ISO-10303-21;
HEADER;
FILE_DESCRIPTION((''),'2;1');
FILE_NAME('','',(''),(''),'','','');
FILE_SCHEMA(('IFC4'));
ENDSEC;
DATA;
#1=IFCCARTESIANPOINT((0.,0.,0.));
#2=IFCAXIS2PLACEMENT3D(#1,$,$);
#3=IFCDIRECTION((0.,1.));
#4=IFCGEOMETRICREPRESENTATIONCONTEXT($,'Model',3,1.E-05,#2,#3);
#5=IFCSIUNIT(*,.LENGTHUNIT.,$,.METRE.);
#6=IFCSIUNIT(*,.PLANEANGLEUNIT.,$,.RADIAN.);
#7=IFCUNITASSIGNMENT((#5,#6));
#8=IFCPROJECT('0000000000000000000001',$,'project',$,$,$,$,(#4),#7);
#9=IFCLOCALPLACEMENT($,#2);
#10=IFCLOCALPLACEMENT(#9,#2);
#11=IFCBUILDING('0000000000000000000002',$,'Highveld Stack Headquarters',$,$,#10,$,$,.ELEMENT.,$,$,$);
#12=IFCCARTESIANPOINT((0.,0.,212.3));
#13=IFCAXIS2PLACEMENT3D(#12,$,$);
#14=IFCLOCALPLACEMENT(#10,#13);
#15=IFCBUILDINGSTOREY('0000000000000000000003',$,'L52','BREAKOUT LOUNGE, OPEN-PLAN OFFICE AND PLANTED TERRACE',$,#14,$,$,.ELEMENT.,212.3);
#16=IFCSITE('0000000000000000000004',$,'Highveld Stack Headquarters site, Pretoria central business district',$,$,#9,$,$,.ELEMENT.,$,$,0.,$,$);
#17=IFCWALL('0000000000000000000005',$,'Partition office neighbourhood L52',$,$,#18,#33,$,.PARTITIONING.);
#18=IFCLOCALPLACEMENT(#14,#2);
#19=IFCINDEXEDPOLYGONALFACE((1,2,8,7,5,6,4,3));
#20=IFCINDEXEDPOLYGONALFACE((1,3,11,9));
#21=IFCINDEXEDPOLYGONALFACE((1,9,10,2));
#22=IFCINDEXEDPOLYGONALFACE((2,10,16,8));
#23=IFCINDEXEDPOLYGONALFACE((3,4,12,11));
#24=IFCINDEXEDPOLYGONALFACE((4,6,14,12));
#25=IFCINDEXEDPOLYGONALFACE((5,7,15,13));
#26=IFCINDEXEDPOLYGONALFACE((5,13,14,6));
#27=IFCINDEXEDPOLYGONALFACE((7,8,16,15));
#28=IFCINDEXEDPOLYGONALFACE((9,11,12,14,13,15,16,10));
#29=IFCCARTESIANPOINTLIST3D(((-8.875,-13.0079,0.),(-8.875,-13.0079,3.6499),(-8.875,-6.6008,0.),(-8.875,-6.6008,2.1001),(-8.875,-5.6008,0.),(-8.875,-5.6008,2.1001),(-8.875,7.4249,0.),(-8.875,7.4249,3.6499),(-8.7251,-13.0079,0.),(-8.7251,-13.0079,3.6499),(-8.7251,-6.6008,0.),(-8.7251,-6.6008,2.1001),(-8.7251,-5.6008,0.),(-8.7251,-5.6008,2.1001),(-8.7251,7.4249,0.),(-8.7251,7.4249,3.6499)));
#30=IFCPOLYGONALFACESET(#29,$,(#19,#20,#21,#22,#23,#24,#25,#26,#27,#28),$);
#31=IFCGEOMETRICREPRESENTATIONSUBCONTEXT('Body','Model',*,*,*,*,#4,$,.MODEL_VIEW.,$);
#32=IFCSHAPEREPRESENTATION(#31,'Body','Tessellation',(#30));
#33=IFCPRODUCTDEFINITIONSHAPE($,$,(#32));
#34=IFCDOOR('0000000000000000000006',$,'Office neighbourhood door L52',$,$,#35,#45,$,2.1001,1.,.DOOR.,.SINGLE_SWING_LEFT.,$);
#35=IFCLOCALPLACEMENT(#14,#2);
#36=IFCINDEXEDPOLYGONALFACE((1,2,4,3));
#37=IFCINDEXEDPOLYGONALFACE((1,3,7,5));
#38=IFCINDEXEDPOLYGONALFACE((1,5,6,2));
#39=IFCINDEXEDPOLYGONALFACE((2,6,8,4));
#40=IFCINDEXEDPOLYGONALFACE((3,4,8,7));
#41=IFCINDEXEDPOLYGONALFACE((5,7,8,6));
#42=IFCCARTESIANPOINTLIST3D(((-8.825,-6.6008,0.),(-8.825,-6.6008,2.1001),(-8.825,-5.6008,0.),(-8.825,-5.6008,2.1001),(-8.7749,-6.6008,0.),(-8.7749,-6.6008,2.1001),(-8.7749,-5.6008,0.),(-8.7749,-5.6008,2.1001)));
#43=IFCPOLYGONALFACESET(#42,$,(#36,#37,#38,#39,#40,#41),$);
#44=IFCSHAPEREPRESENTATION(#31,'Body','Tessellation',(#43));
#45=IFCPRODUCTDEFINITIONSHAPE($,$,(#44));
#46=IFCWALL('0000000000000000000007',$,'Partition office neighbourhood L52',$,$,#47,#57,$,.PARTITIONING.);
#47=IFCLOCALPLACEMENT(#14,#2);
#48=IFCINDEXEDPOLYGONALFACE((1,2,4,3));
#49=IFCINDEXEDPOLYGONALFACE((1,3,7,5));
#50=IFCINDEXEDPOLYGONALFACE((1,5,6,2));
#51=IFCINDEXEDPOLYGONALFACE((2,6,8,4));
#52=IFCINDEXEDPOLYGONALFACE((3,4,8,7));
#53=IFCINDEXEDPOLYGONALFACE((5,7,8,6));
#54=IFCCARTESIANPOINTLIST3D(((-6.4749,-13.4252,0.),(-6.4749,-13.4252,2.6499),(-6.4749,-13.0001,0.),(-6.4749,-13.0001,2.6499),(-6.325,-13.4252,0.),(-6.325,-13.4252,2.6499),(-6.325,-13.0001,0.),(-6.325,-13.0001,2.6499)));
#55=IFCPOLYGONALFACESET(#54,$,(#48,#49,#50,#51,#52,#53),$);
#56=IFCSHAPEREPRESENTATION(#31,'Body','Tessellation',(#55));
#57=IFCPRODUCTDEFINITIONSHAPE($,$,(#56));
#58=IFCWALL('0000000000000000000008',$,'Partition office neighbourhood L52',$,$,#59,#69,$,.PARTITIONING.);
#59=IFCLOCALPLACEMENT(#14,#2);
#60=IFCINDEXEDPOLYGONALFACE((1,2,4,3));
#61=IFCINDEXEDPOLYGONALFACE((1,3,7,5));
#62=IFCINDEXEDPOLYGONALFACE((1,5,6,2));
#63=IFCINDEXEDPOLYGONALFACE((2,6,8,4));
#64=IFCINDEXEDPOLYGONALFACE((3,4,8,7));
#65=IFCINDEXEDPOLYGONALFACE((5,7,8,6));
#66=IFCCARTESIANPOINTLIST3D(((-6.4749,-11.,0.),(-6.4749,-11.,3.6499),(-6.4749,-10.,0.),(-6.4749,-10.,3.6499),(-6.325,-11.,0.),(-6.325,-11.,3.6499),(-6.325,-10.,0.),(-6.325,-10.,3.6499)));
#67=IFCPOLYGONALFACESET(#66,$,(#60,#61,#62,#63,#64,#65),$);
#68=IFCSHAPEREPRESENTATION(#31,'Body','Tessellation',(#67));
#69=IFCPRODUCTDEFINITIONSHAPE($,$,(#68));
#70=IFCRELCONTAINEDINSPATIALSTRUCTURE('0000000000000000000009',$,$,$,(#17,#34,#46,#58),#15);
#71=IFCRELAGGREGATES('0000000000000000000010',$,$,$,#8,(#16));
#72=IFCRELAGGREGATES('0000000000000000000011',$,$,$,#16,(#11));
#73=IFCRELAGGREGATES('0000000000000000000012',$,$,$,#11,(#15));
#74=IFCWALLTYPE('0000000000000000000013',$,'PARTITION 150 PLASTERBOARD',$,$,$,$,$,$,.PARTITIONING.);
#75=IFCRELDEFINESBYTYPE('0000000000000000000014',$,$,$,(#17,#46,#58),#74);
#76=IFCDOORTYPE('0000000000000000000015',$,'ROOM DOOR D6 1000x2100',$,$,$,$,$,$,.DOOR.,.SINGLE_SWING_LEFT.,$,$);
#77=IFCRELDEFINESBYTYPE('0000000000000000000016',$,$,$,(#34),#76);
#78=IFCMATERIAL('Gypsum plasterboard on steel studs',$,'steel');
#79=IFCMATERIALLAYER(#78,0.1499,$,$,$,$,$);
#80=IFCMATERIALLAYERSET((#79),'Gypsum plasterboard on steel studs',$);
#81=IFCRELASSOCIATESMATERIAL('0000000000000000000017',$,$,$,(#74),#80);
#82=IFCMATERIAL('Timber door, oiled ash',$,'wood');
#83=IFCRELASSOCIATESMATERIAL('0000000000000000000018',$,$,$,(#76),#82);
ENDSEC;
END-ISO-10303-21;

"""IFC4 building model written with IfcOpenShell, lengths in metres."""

from ifc_helpers import new_model, si_unit, direction, frame, frame_2d, origin, place, context, subcontext, project, spatial, rectangle, extrude, material, layer, layer_set, type_object, element, fill, save


model = new_model("IFC4")

# Units and contexts
model_context = context("Model", 3, precision=1e-05, world=origin(), true_north=direction((0.0, 1.0)))
body_context = subcontext(model_context, "Body", "Model", "MODEL_VIEW")
ifc_project = project(units=[si_unit("LENGTHUNIT", "METRE"), si_unit("PLANEANGLEUNIT", "RADIAN")], contexts=[model_context])

# Site, building, storey
site_placement = place(None, origin())
site = spatial("IfcSite", under=ifc_project, at=site_placement, Name="Highveld Stack Headquarters site, Pretoria central business district", CompositionType="ELEMENT", RefElevation=0.0)
building_placement = place(site_placement, origin())
building = spatial("IfcBuilding", under=site, at=building_placement, Name="Highveld Stack Headquarters", CompositionType="ELEMENT")
storey_placement = place(building_placement, frame((0.0, 0.0, 212.3)))
storey = spatial("IfcBuildingStorey", under=building, at=storey_placement, Name="L52", Description="BREAKOUT LOUNGE, OPEN-PLAN OFFICE AND PLANTED TERRACE", CompositionType="ELEMENT", Elevation=212.3)

# Shared definitions
ifc_material_1 = material(Name="Gypsum plasterboard on steel studs", Category="steel")
ifc_layer = layer(ifc_material_1, 0.1499)
ifc_layer_set = layer_set([ifc_layer], Name="Gypsum plasterboard on steel studs")
wall_type = type_object("IfcWallType", Name="PARTITION 150 PLASTERBOARD", PredefinedType="PARTITIONING", material=ifc_layer_set)
ifc_material_2 = material(Name="Timber door, oiled ash", Category="wood")
door_type = type_object("IfcDoorType", Name="ROOM DOOR D6 1000x2100", OperationType="SINGLE_SWING_LEFT", PredefinedType="DOOR", material=ifc_material_2)

# Wall, opening, door
wall_1_placement = place(storey_placement, frame((-8.8, -13.0078, 0.0), z_axis=(0.0, 0.0, 1.0), x_axis=(0.0, 1.0, 0.0)))
wall_1 = element("IfcWall", 1, at=wall_1_placement, inside=storey, type_object=wall_type, Name="Partition office neighbourhood L52", PredefinedType="PARTITIONING", context=body_context, shape_type="SweptSolid", body=[
    extrude(rectangle(XDim=20.4329, YDim=0.1499, at=frame_2d((10.2163, 0.0))), origin(), (0.0, 0.0, 1.0), 3.6499),
])
opening_1_placement = place(wall_1_placement, frame((6.407, 0.0, 0.0)))
opening_1 = element("IfcOpeningElement", 2, at=opening_1_placement, cuts=wall_1, PredefinedType="OPENING", context=body_context, shape_type="SweptSolid", body=[
    extrude(rectangle(XDim=1.0, YDim=2.1001, at=frame_2d((0.5, 1.05))), frame((0.0, 0.085, 0.0), z_axis=(0.0, -1.0, 0.0), x_axis=(1.0, 0.0, 0.0)), (0.0, 0.0, 1.0), 0.1699),
])
door_1_placement = place(opening_1_placement, origin())
door_1 = element("IfcDoor", 3, at=door_1_placement, inside=storey, type_object=door_type, Name="Office neighbourhood door L52", OperationType="SINGLE_SWING_LEFT", OverallHeight=2.1001, OverallWidth=1.0, PredefinedType="DOOR", context=body_context, shape_type="SweptSolid", body=[
    extrude(rectangle(XDim=1.0, YDim=2.1001, at=frame_2d((0.5, 1.05))), frame((0.0, 0.0249, 0.0), z_axis=(0.0, -1.0, 0.0), x_axis=(1.0, 0.0, 0.0)), (0.0, 0.0, 1.0), 0.05),
])
fill(opening_1, door_1)

# Walls
wall_2_placement = place(storey_placement, frame((-6.3999, -13.425, 0.0), z_axis=(0.0, 0.0, 1.0), x_axis=(0.0, 1.0, 0.0)))
element("IfcWall", 4, at=wall_2_placement, inside=storey, type_object=wall_type, Name="Partition office neighbourhood L52", PredefinedType="PARTITIONING", context=body_context, shape_type="SweptSolid", body=[
    extrude(rectangle(XDim=0.425, YDim=0.1499, at=frame_2d((0.2124, 0.0))), origin(), (0.0, 0.0, 1.0), 2.6499),
])
wall_3_placement = place(storey_placement, frame((-6.3999, -11.0, 0.0), z_axis=(0.0, 0.0, 1.0), x_axis=(0.0, 1.0, 0.0)))
element("IfcWall", 5, at=wall_3_placement, inside=storey, type_object=wall_type, Name="Partition office neighbourhood L52", PredefinedType="PARTITIONING", context=body_context, shape_type="SweptSolid", body=[
    extrude(rectangle(XDim=1.0, YDim=0.1499, at=frame_2d((0.5, 0.0))), origin(), (0.0, 0.0, 1.0), 3.6499),
])

save(model, "model.ifc")
